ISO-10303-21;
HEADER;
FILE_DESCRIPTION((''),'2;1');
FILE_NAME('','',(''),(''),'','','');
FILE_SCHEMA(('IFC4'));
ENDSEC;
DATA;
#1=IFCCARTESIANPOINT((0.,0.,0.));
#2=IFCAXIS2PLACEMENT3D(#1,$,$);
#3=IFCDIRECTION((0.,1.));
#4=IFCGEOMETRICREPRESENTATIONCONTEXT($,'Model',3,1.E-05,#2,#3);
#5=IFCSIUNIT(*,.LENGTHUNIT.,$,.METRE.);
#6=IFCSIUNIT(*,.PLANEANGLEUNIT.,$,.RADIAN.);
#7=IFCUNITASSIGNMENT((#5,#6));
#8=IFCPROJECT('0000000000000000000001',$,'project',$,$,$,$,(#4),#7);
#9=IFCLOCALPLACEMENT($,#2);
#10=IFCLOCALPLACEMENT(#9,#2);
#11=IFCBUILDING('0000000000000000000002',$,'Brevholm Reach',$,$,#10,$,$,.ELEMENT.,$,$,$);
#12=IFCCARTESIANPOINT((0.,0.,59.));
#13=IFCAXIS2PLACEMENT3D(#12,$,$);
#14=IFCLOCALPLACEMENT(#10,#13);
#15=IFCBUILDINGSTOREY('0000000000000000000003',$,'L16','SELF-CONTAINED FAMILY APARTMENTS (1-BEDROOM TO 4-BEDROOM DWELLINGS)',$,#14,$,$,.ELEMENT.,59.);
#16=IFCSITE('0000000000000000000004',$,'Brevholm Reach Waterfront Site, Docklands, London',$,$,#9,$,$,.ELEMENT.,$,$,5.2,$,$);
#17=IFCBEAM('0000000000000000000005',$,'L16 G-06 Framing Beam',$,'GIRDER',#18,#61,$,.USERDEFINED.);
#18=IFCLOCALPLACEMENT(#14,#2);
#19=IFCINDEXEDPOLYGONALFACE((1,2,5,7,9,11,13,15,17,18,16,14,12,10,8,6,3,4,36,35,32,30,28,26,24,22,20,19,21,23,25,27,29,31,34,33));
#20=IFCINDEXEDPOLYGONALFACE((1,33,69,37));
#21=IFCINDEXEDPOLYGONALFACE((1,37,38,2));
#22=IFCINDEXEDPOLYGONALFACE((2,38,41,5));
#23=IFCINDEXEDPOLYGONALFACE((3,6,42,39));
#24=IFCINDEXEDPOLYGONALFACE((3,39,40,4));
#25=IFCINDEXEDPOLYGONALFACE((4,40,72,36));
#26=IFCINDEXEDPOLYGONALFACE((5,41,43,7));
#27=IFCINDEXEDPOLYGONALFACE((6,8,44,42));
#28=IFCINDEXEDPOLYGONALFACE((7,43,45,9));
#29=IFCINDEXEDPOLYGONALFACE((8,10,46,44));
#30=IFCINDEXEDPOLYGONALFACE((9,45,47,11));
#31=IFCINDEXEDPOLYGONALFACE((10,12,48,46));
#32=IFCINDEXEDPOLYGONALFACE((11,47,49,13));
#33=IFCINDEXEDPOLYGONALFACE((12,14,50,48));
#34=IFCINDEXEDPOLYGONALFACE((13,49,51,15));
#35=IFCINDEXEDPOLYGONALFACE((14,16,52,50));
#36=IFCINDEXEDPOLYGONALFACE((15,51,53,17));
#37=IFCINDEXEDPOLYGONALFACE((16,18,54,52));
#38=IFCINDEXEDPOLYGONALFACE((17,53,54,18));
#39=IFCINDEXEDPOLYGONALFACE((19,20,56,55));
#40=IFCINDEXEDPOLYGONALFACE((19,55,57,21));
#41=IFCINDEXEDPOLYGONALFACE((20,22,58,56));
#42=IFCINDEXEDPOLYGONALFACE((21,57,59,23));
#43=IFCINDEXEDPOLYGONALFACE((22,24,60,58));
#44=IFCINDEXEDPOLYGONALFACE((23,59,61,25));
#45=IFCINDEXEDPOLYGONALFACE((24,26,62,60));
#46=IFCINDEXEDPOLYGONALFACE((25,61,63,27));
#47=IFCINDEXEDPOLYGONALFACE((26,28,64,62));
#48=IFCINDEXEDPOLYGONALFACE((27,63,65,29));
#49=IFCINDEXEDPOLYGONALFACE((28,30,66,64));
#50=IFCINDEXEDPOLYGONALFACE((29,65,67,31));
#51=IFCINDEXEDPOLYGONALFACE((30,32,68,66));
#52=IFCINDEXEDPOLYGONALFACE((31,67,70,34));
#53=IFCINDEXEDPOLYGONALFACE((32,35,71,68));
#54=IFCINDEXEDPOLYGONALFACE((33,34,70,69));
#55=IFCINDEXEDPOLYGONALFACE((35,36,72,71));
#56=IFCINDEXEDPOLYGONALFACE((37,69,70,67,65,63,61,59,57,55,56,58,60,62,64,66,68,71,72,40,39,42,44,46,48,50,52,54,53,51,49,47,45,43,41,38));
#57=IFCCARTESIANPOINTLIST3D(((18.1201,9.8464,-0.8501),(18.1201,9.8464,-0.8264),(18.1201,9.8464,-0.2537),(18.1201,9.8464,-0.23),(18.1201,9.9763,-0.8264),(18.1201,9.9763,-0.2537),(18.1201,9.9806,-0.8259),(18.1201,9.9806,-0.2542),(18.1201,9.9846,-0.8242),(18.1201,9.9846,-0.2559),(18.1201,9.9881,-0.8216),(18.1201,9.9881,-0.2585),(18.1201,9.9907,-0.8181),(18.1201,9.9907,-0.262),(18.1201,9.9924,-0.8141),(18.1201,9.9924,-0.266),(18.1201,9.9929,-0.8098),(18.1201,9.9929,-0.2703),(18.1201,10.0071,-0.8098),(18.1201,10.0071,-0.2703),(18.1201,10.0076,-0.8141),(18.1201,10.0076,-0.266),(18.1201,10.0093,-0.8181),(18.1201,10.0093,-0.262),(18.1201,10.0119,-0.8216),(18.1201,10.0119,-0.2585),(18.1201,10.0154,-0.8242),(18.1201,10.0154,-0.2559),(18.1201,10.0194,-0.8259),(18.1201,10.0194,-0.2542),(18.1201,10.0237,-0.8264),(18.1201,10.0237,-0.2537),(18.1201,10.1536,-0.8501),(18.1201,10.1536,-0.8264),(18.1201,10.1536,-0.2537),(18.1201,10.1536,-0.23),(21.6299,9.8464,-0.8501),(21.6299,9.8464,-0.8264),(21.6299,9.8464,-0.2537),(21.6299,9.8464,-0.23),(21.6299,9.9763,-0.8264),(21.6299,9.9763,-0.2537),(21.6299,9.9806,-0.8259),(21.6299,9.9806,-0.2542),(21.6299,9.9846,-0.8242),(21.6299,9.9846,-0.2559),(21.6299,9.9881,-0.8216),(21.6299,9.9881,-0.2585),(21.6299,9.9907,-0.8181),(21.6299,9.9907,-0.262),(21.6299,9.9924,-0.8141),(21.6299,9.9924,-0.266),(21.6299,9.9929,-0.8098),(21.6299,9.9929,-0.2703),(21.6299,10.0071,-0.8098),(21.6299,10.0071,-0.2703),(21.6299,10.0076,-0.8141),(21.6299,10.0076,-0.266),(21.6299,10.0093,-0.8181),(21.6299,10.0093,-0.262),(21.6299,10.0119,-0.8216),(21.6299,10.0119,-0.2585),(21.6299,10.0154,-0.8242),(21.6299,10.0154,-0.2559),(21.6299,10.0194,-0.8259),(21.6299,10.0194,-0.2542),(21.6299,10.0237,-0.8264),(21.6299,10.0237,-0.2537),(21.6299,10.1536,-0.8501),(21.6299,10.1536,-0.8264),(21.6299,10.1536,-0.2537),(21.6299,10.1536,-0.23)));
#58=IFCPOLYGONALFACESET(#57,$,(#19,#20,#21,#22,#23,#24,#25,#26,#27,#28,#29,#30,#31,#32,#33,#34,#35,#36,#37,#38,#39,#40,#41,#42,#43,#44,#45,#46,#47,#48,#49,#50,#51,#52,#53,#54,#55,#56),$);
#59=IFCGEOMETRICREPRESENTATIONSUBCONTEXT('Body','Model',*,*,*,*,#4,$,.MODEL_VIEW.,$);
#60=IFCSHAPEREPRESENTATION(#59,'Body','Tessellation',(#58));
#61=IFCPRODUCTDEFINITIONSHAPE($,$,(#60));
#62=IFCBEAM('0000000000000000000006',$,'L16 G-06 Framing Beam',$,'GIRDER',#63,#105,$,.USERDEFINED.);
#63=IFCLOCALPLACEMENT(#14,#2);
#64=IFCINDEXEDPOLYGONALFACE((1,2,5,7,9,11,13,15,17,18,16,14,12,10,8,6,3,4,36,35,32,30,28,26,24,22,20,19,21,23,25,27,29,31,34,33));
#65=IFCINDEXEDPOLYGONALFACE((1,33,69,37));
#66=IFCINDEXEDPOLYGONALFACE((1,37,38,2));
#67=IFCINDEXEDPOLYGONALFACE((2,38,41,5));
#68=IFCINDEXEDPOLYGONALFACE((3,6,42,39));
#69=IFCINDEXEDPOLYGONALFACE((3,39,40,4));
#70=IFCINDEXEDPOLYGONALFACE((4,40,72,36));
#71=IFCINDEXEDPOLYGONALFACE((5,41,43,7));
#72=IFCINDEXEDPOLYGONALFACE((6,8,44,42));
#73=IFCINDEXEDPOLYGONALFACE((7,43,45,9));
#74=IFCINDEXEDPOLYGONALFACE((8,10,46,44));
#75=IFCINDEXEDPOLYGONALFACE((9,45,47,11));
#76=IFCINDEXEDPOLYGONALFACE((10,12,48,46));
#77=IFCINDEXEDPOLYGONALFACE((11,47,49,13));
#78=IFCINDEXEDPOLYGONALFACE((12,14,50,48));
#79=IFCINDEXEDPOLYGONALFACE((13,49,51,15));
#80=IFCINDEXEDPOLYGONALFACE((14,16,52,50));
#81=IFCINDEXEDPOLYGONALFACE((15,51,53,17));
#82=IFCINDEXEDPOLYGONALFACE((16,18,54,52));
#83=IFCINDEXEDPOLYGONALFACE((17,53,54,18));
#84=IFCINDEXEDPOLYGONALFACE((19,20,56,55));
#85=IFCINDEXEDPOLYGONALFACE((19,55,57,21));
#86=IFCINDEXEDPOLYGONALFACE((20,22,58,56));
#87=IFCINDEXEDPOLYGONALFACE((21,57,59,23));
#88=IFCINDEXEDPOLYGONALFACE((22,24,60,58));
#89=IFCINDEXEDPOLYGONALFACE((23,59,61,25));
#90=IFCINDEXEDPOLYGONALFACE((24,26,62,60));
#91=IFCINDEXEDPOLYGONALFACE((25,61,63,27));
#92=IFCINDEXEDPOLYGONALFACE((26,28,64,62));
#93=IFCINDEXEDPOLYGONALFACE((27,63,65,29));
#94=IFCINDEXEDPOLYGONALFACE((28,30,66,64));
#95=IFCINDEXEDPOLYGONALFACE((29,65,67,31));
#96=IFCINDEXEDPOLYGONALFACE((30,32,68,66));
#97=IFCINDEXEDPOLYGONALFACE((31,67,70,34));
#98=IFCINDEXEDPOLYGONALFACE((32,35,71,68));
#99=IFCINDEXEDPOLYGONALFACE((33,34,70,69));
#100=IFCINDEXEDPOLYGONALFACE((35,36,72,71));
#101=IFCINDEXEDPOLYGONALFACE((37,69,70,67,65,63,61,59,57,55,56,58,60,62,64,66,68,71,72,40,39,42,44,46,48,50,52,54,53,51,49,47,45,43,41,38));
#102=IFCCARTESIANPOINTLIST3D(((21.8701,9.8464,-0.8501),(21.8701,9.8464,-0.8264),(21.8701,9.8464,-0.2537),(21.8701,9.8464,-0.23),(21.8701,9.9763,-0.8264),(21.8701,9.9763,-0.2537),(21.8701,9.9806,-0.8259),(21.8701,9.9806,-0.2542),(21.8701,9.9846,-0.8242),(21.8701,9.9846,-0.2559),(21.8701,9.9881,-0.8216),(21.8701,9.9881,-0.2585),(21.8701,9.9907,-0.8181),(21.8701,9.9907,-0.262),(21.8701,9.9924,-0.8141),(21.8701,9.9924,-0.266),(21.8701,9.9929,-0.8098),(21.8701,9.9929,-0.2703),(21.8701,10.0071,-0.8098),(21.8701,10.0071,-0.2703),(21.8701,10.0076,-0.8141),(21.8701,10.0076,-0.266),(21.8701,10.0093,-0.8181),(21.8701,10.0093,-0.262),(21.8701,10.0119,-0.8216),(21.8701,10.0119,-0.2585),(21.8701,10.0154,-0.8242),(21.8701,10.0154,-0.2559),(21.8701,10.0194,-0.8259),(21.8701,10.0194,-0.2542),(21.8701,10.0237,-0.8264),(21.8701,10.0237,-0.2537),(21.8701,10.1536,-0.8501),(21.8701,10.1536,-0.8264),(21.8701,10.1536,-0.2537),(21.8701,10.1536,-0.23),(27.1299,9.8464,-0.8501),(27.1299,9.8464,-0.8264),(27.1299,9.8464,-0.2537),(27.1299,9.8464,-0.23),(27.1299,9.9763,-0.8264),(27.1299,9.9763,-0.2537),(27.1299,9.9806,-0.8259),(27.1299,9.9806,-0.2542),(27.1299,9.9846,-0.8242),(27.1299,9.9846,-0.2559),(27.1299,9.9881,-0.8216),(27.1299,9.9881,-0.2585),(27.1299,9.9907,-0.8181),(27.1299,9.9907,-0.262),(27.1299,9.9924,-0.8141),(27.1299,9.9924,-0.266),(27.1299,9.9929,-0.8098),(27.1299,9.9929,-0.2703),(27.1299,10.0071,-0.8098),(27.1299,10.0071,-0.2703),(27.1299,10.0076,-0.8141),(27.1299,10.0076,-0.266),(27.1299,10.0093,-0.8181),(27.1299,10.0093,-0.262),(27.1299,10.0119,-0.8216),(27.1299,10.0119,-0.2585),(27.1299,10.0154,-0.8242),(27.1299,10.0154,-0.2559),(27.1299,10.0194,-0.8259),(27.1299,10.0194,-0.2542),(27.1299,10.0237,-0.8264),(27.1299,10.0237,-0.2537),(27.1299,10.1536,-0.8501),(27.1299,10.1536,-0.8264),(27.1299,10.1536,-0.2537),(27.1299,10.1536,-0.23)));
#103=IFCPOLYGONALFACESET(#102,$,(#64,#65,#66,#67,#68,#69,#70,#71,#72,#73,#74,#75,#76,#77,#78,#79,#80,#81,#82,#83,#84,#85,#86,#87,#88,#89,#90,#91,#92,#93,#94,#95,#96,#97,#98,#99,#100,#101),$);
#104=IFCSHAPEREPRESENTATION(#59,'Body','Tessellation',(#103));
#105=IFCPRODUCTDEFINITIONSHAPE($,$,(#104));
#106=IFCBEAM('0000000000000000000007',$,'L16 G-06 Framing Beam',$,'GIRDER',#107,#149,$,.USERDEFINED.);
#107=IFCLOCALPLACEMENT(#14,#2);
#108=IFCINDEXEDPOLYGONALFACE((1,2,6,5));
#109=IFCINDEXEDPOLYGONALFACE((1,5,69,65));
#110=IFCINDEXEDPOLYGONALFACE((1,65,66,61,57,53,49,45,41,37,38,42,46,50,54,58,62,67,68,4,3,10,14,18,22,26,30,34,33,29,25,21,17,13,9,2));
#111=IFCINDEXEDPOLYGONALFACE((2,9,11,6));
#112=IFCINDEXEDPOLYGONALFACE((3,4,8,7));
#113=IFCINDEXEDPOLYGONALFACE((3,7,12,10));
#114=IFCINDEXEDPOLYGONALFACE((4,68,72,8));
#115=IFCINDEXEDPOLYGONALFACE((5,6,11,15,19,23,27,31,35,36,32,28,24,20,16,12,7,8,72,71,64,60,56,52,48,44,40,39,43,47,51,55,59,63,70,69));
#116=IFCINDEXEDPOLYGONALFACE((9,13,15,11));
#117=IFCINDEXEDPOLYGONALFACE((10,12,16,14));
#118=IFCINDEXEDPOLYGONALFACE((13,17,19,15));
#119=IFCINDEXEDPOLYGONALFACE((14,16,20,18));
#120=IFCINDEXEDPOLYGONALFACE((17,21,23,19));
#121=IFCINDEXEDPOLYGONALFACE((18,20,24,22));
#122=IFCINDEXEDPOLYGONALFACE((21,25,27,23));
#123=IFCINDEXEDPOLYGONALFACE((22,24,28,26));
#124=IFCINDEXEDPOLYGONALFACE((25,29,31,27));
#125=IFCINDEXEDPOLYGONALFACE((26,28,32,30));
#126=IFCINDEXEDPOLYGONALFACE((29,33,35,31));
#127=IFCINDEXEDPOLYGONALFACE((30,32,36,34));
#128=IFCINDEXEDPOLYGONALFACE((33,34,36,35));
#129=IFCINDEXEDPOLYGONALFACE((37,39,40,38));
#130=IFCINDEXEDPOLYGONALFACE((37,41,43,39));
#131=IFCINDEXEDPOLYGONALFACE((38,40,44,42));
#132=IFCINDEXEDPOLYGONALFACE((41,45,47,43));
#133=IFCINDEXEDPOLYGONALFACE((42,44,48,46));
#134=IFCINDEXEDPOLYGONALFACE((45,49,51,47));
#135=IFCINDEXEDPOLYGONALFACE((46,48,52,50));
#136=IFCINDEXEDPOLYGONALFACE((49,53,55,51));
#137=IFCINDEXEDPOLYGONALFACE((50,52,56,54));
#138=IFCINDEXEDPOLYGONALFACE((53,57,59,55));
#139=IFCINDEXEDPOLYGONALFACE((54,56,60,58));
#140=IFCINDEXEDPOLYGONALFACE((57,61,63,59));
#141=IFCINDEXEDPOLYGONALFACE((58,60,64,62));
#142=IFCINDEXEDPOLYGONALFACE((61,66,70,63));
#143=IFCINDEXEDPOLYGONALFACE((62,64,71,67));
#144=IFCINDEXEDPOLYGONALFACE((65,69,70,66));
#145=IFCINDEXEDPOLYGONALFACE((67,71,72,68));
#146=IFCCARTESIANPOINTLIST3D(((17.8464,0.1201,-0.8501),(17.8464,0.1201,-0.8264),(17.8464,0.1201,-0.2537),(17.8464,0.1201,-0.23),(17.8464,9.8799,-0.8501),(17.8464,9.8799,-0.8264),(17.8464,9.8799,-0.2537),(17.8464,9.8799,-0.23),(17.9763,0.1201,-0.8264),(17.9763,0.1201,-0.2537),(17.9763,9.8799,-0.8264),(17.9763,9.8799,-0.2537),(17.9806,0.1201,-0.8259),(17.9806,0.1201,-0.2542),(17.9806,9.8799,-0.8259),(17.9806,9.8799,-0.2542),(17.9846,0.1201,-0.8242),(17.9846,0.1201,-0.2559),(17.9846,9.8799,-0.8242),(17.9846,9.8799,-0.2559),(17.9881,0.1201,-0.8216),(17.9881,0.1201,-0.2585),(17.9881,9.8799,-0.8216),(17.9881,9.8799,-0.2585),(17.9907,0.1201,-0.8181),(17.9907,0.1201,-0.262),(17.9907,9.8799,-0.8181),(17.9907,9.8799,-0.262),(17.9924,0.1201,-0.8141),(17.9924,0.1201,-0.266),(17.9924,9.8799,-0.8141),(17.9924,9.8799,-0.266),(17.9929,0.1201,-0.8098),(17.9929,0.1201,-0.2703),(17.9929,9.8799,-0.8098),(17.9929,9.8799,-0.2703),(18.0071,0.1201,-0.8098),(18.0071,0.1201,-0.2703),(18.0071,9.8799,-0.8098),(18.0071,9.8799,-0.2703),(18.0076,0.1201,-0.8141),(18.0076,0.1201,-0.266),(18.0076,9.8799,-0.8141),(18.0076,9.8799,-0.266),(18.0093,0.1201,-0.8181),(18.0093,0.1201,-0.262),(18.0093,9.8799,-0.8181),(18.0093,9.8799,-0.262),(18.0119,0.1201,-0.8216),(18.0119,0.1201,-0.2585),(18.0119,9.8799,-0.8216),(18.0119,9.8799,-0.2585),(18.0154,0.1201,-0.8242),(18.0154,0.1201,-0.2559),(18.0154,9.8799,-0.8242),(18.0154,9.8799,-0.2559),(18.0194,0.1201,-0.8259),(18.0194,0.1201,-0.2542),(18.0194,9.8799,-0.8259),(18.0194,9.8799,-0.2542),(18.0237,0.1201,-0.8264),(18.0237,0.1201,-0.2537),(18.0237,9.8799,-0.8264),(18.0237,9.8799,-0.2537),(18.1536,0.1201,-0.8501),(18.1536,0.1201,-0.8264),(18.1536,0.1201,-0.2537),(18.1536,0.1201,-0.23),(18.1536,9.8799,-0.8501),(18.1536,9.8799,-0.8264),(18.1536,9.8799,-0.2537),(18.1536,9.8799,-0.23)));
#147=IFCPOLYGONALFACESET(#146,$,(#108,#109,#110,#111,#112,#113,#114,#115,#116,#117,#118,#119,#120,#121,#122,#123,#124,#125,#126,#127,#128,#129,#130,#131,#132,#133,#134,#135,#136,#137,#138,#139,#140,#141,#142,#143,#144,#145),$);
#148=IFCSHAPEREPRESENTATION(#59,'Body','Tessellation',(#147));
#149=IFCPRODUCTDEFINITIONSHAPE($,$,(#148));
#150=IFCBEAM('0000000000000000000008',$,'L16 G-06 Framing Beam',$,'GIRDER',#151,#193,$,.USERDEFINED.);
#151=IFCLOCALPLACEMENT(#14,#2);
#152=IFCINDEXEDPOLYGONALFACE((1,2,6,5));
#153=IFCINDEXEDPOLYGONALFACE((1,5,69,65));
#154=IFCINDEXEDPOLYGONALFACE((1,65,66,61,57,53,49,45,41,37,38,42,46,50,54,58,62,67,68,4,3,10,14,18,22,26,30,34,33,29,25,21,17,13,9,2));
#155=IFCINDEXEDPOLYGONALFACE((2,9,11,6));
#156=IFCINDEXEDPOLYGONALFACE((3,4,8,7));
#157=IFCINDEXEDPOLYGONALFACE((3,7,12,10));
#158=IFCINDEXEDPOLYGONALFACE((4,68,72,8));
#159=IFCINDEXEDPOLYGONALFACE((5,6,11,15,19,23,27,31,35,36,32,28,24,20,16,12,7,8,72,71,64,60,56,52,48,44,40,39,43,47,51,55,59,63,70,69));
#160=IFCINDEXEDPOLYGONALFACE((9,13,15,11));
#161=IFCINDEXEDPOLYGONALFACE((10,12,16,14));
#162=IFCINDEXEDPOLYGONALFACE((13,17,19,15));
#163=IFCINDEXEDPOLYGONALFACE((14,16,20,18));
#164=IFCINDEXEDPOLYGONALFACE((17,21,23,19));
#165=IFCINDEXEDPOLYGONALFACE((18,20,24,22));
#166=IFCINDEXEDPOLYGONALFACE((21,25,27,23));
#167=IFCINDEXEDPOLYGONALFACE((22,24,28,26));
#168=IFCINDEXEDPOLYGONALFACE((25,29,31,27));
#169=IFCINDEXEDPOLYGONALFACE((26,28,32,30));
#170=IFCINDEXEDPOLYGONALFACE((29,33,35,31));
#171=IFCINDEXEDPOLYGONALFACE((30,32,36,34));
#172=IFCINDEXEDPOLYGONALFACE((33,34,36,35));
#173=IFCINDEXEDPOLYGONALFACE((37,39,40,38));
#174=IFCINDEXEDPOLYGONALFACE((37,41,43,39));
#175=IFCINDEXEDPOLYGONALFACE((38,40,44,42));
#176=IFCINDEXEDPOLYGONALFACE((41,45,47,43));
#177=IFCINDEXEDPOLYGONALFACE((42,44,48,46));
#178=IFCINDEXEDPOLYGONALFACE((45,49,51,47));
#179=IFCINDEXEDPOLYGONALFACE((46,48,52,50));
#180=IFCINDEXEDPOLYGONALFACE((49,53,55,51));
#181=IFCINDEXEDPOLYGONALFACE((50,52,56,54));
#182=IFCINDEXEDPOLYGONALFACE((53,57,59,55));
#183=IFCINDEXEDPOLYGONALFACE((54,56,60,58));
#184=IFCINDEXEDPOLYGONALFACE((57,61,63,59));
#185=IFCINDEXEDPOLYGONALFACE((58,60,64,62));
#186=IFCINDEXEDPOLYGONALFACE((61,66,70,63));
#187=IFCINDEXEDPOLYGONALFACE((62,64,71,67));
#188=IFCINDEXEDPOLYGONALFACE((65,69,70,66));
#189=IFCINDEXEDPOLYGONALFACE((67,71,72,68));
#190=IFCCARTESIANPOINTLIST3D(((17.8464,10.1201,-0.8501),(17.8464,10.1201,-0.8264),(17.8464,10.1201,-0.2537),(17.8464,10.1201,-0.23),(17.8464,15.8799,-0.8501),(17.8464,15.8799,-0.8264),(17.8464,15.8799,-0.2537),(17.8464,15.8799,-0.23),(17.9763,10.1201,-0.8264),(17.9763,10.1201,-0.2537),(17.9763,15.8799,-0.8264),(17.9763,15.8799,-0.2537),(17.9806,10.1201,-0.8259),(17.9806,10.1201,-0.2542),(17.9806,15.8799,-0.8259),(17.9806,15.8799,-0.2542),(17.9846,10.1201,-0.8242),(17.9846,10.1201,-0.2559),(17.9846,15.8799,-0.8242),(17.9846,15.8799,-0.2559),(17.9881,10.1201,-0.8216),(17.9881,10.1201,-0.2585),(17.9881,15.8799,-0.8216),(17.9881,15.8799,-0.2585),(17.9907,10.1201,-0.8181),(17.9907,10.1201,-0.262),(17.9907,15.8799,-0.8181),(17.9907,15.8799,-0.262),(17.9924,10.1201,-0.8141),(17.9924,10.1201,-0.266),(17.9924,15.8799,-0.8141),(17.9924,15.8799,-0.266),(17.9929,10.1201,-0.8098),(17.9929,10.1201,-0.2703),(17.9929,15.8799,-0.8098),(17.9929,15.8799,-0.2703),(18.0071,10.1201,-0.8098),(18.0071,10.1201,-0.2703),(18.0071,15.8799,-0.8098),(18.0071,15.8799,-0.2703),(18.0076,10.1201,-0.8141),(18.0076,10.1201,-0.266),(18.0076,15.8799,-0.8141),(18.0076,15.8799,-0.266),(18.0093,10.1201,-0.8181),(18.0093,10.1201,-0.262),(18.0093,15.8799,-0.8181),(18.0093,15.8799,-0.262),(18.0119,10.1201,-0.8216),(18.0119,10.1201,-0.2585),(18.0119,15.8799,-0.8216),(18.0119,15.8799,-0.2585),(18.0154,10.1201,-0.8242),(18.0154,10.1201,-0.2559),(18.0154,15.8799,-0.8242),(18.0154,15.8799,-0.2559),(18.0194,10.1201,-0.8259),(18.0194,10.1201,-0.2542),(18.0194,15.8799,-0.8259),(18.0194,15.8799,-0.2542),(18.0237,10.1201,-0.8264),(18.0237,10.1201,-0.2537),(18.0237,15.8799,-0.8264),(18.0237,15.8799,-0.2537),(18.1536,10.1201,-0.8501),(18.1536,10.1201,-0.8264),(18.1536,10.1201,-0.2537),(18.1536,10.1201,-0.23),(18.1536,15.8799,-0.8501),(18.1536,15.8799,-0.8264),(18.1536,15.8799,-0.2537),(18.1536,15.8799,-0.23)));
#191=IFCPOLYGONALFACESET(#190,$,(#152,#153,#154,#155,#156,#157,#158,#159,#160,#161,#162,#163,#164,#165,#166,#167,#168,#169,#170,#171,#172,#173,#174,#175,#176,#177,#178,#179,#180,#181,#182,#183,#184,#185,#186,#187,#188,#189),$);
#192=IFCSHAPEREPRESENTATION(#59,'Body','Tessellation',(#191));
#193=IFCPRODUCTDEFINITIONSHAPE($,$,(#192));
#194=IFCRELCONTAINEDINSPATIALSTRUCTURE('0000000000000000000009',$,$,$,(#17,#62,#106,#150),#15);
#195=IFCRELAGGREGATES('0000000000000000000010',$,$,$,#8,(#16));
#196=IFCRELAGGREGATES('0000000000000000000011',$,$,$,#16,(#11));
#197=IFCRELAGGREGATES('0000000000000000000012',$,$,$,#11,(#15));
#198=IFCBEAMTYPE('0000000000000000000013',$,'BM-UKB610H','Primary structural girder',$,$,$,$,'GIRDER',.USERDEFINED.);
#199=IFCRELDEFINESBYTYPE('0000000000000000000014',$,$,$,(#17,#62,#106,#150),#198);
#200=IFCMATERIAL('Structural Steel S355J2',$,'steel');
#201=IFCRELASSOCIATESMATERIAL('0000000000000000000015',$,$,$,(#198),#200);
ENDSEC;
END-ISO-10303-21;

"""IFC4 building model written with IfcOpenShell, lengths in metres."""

from ifc_helpers import new_model, si_unit, direction, frame, origin, origin_2d, place, context, subcontext, project, spatial, i_section, extrude, material, material_profile, profile_set, type_object, element, save


model = new_model("IFC4")

# Units and contexts
model_context = context("Model", 3, precision=1e-05, world=origin(), true_north=direction((0.0, 1.0)))
body_context = subcontext(model_context, "Body", "Model", "MODEL_VIEW")
ifc_project = project(units=[si_unit("LENGTHUNIT", "METRE"), si_unit("PLANEANGLEUNIT", "RADIAN")], contexts=[model_context])

# Site, building, storey
site_placement = place(None, origin())
site = spatial("IfcSite", under=ifc_project, at=site_placement, Name="Brevholm Reach Waterfront Site, Docklands, London", CompositionType="ELEMENT", RefElevation=5.2)
building_placement = place(site_placement, origin())
building = spatial("IfcBuilding", under=site, at=building_placement, Name="Brevholm Reach", CompositionType="ELEMENT")
storey_placement = place(building_placement, frame((0.0, 0.0, 59.0)))
storey = spatial("IfcBuildingStorey", under=building, at=storey_placement, Name="L16", Description="SELF-CONTAINED FAMILY APARTMENTS (1-BEDROOM TO 4-BEDROOM DWELLINGS)", CompositionType="ELEMENT", Elevation=59.0)

# Beams
ifc_material_1 = material(Name="Structural Steel S355J2", Category="steel")
ifc_material_profile_1 = material_profile(ifc_material_1, i_section(OverallWidth=0.3071, OverallDepth=0.6201, WebThickness=0.0142, FlangeThickness=0.0237, FilletRadius=0.0166, at=origin_2d()), Name="UKB 610x305x179")
ifc_profile_set_1 = profile_set([ifc_material_profile_1], Name="Structural Steel S355J2")
beam_type_1 = type_object("IfcBeamType", Name="BM-UKB610H", Description="Primary structural girder", ElementType="GIRDER", PredefinedType="USERDEFINED", material=ifc_profile_set_1)
beam_1_placement = place(storey_placement, frame((18.1201, 10.0, -0.54), z_axis=(1.0, 0.0, 0.0), x_axis=(0.0, 1.0, 0.0)))
element("IfcBeam", 1, at=beam_1_placement, inside=storey, type_object=beam_type_1, Name="L16 G-06 Framing Beam", ObjectType="GIRDER", PredefinedType="USERDEFINED", context=body_context, shape_type="SweptSolid", body=[
    extrude(i_section(OverallWidth=0.3071, OverallDepth=0.6201, WebThickness=0.0142, FlangeThickness=0.0237, FilletRadius=0.0166, at=origin_2d()), origin(), (0.0, 0.0, 1.0), 3.5098),
])
beam_2_placement = place(storey_placement, frame((21.8701, 10.0, -0.54), z_axis=(1.0, 0.0, 0.0), x_axis=(0.0, 1.0, 0.0)))
element("IfcBeam", 2, at=beam_2_placement, inside=storey, type_object=beam_type_1, Name="L16 G-06 Framing Beam", ObjectType="GIRDER", PredefinedType="USERDEFINED", context=body_context, shape_type="SweptSolid", body=[
    extrude(i_section(OverallWidth=0.3071, OverallDepth=0.6201, WebThickness=0.0142, FlangeThickness=0.0237, FilletRadius=0.0166, at=origin_2d()), origin(), (0.0, 0.0, 1.0), 5.2598),
])
beam_3_placement = place(storey_placement, frame((18.0, 0.1201, -0.54), z_axis=(0.0, 1.0, 0.0), x_axis=(-1.0, 0.0, 0.0)))
element("IfcBeam", 3, at=beam_3_placement, inside=storey, type_object=beam_type_1, Name="L16 G-06 Framing Beam", ObjectType="GIRDER", PredefinedType="USERDEFINED", context=body_context, shape_type="SweptSolid", body=[
    extrude(i_section(OverallWidth=0.3071, OverallDepth=0.6201, WebThickness=0.0142, FlangeThickness=0.0237, FilletRadius=0.0166, at=origin_2d()), origin(), (0.0, 0.0, 1.0), 9.7598),
])
beam_4_placement = place(storey_placement, frame((18.0, 10.1201, -0.54), z_axis=(0.0, 1.0, 0.0), x_axis=(-1.0, 0.0, 0.0)))
element("IfcBeam", 4, at=beam_4_placement, inside=storey, type_object=beam_type_1, Name="L16 G-06 Framing Beam", ObjectType="GIRDER", PredefinedType="USERDEFINED", context=body_context, shape_type="SweptSolid", body=[
    extrude(i_section(OverallWidth=0.3071, OverallDepth=0.6201, WebThickness=0.0142, FlangeThickness=0.0237, FilletRadius=0.0166, at=origin_2d()), origin(), (0.0, 0.0, 1.0), 5.7598),
])

save(model, "model.ifc")
